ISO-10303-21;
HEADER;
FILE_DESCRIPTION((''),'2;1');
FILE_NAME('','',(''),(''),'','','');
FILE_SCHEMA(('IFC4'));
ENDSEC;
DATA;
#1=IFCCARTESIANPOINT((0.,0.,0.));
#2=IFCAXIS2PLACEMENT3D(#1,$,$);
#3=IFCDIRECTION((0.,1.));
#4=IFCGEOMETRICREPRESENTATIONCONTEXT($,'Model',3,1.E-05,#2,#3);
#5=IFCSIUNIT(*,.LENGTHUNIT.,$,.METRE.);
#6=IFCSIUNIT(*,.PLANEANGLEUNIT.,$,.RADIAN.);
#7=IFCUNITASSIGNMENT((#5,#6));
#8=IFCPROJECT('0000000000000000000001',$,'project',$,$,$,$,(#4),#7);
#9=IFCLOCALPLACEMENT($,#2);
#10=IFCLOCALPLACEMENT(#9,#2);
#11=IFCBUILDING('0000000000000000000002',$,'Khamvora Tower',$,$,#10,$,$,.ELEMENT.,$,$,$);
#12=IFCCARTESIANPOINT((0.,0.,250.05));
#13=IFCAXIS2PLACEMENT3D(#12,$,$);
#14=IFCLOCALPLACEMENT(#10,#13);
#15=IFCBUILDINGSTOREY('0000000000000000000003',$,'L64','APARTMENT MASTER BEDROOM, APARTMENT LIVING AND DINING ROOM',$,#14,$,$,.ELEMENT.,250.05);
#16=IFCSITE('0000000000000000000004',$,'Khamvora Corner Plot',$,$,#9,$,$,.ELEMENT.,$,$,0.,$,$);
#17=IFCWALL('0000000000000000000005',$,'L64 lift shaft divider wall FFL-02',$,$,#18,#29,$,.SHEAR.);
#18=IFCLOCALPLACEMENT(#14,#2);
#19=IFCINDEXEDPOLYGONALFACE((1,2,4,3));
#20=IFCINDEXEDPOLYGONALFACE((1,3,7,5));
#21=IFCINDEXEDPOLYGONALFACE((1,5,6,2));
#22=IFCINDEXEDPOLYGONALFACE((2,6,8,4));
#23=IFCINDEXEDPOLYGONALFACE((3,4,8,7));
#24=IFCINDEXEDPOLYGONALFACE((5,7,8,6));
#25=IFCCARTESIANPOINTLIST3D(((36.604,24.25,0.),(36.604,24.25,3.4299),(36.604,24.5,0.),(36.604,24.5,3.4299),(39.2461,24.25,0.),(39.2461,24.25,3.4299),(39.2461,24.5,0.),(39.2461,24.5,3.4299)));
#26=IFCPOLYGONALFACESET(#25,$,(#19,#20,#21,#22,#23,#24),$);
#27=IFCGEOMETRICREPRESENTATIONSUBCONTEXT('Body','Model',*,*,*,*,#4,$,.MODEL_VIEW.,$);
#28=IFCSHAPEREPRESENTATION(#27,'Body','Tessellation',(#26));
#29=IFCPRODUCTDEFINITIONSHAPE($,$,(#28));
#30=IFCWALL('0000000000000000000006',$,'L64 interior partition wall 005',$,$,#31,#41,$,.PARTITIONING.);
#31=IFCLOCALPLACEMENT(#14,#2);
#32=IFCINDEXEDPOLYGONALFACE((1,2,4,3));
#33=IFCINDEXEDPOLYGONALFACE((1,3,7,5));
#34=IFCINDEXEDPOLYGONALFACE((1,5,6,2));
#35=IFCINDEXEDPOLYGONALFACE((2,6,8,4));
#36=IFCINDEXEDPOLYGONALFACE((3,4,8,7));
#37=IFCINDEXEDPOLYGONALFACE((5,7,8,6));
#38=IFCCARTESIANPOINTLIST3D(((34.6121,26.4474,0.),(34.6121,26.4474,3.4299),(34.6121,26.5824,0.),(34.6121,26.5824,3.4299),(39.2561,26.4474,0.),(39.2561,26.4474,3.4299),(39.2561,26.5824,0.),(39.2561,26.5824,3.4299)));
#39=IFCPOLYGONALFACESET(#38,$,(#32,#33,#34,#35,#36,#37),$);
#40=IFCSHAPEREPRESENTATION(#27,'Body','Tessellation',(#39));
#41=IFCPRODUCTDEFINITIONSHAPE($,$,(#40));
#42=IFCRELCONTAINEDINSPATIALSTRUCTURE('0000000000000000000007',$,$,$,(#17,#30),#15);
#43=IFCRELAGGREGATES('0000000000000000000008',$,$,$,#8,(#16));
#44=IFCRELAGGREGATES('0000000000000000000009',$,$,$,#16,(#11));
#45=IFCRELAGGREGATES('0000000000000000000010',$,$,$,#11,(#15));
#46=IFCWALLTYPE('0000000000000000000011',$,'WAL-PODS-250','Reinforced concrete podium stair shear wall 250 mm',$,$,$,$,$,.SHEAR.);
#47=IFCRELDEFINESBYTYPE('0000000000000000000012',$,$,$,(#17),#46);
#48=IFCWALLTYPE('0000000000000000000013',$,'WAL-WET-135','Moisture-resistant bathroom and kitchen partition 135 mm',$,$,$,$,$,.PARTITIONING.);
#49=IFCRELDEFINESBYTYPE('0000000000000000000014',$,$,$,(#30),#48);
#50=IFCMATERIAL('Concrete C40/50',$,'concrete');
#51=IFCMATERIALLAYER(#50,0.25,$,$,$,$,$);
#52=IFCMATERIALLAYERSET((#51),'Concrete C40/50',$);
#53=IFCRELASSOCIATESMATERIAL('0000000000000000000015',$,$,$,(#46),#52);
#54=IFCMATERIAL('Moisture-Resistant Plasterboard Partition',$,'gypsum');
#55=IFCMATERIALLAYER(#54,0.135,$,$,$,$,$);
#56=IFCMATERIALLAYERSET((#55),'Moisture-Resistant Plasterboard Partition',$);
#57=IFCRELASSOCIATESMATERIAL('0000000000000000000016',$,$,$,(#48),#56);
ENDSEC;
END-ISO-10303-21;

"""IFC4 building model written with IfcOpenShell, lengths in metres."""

from ifc_helpers import new_model, si_unit, direction, frame, frame_2d, origin, place, context, subcontext, project, spatial, rectangle, extrude, material, layer, layer_set, type_object, element, save


model = new_model("IFC4")

# Units and contexts
model_context = context("Model", 3, precision=1e-05, world=origin(), true_north=direction((0.0, 1.0)))
body_context = subcontext(model_context, "Body", "Model", "MODEL_VIEW")
ifc_project = project(units=[si_unit("LENGTHUNIT", "METRE"), si_unit("PLANEANGLEUNIT", "RADIAN")], contexts=[model_context])

# Site, building, storey
site_placement = place(None, origin())
site = spatial("IfcSite", under=ifc_project, at=site_placement, Name="Khamvora Corner Plot", CompositionType="ELEMENT", RefElevation=0.0)
building_placement = place(site_placement, origin())
building = spatial("IfcBuilding", under=site, at=building_placement, Name="Khamvora Tower", CompositionType="ELEMENT")
storey_placement = place(building_placement, frame((0.0, 0.0, 250.05)))
storey = spatial("IfcBuildingStorey", under=building, at=storey_placement, Name="L64", Description="APARTMENT MASTER BEDROOM, APARTMENT LIVING AND DINING ROOM", CompositionType="ELEMENT", Elevation=250.05)

# Walls
ifc_material_1 = material(Name="Concrete C40/50", Category="concrete")
ifc_layer_1 = layer(ifc_material_1, 0.25)
ifc_layer_set_1 = layer_set([ifc_layer_1], Name="Concrete C40/50")
wall_type_1 = type_object("IfcWallType", Name="WAL-PODS-250", Description="Reinforced concrete podium stair shear wall 250 mm", PredefinedType="SHEAR", material=ifc_layer_set_1)
wall_1_placement = place(storey_placement, frame((36.604, 24.375, 0.0), z_axis=(0.0, 0.0, 1.0), x_axis=(1.0, 0.0, 0.0)))
element("IfcWall", 1, at=wall_1_placement, inside=storey, type_object=wall_type_1, Name="L64 lift shaft divider wall FFL-02", PredefinedType="SHEAR", context=body_context, shape_type="SweptSolid", body=[
    extrude(rectangle(XDim=2.6421, YDim=0.25, at=frame_2d((1.321, 0.0))), origin(), (0.0, 0.0, 1.0), 3.4299),
])
ifc_material_2 = material(Name="Moisture-Resistant Plasterboard Partition", Category="gypsum")
ifc_layer_2 = layer(ifc_material_2, 0.135)
ifc_layer_set_2 = layer_set([ifc_layer_2], Name="Moisture-Resistant Plasterboard Partition")
wall_type_2 = type_object("IfcWallType", Name="WAL-WET-135", Description="Moisture-resistant bathroom and kitchen partition 135 mm", PredefinedType="PARTITIONING", material=ifc_layer_set_2)
wall_2_placement = place(storey_placement, frame((34.6121, 26.5149, 0.0), z_axis=(0.0, 0.0, 1.0), x_axis=(1.0, 0.0, 0.0)))
element("IfcWall", 2, at=wall_2_placement, inside=storey, type_object=wall_type_2, Name="L64 interior partition wall 005", PredefinedType="PARTITIONING", context=body_context, shape_type="SweptSolid", body=[
    extrude(rectangle(XDim=4.644, YDim=0.135, at=frame_2d((2.322, 0.0))), origin(), (0.0, 0.0, 1.0), 3.4299),
])

save(model, "model.ifc")
